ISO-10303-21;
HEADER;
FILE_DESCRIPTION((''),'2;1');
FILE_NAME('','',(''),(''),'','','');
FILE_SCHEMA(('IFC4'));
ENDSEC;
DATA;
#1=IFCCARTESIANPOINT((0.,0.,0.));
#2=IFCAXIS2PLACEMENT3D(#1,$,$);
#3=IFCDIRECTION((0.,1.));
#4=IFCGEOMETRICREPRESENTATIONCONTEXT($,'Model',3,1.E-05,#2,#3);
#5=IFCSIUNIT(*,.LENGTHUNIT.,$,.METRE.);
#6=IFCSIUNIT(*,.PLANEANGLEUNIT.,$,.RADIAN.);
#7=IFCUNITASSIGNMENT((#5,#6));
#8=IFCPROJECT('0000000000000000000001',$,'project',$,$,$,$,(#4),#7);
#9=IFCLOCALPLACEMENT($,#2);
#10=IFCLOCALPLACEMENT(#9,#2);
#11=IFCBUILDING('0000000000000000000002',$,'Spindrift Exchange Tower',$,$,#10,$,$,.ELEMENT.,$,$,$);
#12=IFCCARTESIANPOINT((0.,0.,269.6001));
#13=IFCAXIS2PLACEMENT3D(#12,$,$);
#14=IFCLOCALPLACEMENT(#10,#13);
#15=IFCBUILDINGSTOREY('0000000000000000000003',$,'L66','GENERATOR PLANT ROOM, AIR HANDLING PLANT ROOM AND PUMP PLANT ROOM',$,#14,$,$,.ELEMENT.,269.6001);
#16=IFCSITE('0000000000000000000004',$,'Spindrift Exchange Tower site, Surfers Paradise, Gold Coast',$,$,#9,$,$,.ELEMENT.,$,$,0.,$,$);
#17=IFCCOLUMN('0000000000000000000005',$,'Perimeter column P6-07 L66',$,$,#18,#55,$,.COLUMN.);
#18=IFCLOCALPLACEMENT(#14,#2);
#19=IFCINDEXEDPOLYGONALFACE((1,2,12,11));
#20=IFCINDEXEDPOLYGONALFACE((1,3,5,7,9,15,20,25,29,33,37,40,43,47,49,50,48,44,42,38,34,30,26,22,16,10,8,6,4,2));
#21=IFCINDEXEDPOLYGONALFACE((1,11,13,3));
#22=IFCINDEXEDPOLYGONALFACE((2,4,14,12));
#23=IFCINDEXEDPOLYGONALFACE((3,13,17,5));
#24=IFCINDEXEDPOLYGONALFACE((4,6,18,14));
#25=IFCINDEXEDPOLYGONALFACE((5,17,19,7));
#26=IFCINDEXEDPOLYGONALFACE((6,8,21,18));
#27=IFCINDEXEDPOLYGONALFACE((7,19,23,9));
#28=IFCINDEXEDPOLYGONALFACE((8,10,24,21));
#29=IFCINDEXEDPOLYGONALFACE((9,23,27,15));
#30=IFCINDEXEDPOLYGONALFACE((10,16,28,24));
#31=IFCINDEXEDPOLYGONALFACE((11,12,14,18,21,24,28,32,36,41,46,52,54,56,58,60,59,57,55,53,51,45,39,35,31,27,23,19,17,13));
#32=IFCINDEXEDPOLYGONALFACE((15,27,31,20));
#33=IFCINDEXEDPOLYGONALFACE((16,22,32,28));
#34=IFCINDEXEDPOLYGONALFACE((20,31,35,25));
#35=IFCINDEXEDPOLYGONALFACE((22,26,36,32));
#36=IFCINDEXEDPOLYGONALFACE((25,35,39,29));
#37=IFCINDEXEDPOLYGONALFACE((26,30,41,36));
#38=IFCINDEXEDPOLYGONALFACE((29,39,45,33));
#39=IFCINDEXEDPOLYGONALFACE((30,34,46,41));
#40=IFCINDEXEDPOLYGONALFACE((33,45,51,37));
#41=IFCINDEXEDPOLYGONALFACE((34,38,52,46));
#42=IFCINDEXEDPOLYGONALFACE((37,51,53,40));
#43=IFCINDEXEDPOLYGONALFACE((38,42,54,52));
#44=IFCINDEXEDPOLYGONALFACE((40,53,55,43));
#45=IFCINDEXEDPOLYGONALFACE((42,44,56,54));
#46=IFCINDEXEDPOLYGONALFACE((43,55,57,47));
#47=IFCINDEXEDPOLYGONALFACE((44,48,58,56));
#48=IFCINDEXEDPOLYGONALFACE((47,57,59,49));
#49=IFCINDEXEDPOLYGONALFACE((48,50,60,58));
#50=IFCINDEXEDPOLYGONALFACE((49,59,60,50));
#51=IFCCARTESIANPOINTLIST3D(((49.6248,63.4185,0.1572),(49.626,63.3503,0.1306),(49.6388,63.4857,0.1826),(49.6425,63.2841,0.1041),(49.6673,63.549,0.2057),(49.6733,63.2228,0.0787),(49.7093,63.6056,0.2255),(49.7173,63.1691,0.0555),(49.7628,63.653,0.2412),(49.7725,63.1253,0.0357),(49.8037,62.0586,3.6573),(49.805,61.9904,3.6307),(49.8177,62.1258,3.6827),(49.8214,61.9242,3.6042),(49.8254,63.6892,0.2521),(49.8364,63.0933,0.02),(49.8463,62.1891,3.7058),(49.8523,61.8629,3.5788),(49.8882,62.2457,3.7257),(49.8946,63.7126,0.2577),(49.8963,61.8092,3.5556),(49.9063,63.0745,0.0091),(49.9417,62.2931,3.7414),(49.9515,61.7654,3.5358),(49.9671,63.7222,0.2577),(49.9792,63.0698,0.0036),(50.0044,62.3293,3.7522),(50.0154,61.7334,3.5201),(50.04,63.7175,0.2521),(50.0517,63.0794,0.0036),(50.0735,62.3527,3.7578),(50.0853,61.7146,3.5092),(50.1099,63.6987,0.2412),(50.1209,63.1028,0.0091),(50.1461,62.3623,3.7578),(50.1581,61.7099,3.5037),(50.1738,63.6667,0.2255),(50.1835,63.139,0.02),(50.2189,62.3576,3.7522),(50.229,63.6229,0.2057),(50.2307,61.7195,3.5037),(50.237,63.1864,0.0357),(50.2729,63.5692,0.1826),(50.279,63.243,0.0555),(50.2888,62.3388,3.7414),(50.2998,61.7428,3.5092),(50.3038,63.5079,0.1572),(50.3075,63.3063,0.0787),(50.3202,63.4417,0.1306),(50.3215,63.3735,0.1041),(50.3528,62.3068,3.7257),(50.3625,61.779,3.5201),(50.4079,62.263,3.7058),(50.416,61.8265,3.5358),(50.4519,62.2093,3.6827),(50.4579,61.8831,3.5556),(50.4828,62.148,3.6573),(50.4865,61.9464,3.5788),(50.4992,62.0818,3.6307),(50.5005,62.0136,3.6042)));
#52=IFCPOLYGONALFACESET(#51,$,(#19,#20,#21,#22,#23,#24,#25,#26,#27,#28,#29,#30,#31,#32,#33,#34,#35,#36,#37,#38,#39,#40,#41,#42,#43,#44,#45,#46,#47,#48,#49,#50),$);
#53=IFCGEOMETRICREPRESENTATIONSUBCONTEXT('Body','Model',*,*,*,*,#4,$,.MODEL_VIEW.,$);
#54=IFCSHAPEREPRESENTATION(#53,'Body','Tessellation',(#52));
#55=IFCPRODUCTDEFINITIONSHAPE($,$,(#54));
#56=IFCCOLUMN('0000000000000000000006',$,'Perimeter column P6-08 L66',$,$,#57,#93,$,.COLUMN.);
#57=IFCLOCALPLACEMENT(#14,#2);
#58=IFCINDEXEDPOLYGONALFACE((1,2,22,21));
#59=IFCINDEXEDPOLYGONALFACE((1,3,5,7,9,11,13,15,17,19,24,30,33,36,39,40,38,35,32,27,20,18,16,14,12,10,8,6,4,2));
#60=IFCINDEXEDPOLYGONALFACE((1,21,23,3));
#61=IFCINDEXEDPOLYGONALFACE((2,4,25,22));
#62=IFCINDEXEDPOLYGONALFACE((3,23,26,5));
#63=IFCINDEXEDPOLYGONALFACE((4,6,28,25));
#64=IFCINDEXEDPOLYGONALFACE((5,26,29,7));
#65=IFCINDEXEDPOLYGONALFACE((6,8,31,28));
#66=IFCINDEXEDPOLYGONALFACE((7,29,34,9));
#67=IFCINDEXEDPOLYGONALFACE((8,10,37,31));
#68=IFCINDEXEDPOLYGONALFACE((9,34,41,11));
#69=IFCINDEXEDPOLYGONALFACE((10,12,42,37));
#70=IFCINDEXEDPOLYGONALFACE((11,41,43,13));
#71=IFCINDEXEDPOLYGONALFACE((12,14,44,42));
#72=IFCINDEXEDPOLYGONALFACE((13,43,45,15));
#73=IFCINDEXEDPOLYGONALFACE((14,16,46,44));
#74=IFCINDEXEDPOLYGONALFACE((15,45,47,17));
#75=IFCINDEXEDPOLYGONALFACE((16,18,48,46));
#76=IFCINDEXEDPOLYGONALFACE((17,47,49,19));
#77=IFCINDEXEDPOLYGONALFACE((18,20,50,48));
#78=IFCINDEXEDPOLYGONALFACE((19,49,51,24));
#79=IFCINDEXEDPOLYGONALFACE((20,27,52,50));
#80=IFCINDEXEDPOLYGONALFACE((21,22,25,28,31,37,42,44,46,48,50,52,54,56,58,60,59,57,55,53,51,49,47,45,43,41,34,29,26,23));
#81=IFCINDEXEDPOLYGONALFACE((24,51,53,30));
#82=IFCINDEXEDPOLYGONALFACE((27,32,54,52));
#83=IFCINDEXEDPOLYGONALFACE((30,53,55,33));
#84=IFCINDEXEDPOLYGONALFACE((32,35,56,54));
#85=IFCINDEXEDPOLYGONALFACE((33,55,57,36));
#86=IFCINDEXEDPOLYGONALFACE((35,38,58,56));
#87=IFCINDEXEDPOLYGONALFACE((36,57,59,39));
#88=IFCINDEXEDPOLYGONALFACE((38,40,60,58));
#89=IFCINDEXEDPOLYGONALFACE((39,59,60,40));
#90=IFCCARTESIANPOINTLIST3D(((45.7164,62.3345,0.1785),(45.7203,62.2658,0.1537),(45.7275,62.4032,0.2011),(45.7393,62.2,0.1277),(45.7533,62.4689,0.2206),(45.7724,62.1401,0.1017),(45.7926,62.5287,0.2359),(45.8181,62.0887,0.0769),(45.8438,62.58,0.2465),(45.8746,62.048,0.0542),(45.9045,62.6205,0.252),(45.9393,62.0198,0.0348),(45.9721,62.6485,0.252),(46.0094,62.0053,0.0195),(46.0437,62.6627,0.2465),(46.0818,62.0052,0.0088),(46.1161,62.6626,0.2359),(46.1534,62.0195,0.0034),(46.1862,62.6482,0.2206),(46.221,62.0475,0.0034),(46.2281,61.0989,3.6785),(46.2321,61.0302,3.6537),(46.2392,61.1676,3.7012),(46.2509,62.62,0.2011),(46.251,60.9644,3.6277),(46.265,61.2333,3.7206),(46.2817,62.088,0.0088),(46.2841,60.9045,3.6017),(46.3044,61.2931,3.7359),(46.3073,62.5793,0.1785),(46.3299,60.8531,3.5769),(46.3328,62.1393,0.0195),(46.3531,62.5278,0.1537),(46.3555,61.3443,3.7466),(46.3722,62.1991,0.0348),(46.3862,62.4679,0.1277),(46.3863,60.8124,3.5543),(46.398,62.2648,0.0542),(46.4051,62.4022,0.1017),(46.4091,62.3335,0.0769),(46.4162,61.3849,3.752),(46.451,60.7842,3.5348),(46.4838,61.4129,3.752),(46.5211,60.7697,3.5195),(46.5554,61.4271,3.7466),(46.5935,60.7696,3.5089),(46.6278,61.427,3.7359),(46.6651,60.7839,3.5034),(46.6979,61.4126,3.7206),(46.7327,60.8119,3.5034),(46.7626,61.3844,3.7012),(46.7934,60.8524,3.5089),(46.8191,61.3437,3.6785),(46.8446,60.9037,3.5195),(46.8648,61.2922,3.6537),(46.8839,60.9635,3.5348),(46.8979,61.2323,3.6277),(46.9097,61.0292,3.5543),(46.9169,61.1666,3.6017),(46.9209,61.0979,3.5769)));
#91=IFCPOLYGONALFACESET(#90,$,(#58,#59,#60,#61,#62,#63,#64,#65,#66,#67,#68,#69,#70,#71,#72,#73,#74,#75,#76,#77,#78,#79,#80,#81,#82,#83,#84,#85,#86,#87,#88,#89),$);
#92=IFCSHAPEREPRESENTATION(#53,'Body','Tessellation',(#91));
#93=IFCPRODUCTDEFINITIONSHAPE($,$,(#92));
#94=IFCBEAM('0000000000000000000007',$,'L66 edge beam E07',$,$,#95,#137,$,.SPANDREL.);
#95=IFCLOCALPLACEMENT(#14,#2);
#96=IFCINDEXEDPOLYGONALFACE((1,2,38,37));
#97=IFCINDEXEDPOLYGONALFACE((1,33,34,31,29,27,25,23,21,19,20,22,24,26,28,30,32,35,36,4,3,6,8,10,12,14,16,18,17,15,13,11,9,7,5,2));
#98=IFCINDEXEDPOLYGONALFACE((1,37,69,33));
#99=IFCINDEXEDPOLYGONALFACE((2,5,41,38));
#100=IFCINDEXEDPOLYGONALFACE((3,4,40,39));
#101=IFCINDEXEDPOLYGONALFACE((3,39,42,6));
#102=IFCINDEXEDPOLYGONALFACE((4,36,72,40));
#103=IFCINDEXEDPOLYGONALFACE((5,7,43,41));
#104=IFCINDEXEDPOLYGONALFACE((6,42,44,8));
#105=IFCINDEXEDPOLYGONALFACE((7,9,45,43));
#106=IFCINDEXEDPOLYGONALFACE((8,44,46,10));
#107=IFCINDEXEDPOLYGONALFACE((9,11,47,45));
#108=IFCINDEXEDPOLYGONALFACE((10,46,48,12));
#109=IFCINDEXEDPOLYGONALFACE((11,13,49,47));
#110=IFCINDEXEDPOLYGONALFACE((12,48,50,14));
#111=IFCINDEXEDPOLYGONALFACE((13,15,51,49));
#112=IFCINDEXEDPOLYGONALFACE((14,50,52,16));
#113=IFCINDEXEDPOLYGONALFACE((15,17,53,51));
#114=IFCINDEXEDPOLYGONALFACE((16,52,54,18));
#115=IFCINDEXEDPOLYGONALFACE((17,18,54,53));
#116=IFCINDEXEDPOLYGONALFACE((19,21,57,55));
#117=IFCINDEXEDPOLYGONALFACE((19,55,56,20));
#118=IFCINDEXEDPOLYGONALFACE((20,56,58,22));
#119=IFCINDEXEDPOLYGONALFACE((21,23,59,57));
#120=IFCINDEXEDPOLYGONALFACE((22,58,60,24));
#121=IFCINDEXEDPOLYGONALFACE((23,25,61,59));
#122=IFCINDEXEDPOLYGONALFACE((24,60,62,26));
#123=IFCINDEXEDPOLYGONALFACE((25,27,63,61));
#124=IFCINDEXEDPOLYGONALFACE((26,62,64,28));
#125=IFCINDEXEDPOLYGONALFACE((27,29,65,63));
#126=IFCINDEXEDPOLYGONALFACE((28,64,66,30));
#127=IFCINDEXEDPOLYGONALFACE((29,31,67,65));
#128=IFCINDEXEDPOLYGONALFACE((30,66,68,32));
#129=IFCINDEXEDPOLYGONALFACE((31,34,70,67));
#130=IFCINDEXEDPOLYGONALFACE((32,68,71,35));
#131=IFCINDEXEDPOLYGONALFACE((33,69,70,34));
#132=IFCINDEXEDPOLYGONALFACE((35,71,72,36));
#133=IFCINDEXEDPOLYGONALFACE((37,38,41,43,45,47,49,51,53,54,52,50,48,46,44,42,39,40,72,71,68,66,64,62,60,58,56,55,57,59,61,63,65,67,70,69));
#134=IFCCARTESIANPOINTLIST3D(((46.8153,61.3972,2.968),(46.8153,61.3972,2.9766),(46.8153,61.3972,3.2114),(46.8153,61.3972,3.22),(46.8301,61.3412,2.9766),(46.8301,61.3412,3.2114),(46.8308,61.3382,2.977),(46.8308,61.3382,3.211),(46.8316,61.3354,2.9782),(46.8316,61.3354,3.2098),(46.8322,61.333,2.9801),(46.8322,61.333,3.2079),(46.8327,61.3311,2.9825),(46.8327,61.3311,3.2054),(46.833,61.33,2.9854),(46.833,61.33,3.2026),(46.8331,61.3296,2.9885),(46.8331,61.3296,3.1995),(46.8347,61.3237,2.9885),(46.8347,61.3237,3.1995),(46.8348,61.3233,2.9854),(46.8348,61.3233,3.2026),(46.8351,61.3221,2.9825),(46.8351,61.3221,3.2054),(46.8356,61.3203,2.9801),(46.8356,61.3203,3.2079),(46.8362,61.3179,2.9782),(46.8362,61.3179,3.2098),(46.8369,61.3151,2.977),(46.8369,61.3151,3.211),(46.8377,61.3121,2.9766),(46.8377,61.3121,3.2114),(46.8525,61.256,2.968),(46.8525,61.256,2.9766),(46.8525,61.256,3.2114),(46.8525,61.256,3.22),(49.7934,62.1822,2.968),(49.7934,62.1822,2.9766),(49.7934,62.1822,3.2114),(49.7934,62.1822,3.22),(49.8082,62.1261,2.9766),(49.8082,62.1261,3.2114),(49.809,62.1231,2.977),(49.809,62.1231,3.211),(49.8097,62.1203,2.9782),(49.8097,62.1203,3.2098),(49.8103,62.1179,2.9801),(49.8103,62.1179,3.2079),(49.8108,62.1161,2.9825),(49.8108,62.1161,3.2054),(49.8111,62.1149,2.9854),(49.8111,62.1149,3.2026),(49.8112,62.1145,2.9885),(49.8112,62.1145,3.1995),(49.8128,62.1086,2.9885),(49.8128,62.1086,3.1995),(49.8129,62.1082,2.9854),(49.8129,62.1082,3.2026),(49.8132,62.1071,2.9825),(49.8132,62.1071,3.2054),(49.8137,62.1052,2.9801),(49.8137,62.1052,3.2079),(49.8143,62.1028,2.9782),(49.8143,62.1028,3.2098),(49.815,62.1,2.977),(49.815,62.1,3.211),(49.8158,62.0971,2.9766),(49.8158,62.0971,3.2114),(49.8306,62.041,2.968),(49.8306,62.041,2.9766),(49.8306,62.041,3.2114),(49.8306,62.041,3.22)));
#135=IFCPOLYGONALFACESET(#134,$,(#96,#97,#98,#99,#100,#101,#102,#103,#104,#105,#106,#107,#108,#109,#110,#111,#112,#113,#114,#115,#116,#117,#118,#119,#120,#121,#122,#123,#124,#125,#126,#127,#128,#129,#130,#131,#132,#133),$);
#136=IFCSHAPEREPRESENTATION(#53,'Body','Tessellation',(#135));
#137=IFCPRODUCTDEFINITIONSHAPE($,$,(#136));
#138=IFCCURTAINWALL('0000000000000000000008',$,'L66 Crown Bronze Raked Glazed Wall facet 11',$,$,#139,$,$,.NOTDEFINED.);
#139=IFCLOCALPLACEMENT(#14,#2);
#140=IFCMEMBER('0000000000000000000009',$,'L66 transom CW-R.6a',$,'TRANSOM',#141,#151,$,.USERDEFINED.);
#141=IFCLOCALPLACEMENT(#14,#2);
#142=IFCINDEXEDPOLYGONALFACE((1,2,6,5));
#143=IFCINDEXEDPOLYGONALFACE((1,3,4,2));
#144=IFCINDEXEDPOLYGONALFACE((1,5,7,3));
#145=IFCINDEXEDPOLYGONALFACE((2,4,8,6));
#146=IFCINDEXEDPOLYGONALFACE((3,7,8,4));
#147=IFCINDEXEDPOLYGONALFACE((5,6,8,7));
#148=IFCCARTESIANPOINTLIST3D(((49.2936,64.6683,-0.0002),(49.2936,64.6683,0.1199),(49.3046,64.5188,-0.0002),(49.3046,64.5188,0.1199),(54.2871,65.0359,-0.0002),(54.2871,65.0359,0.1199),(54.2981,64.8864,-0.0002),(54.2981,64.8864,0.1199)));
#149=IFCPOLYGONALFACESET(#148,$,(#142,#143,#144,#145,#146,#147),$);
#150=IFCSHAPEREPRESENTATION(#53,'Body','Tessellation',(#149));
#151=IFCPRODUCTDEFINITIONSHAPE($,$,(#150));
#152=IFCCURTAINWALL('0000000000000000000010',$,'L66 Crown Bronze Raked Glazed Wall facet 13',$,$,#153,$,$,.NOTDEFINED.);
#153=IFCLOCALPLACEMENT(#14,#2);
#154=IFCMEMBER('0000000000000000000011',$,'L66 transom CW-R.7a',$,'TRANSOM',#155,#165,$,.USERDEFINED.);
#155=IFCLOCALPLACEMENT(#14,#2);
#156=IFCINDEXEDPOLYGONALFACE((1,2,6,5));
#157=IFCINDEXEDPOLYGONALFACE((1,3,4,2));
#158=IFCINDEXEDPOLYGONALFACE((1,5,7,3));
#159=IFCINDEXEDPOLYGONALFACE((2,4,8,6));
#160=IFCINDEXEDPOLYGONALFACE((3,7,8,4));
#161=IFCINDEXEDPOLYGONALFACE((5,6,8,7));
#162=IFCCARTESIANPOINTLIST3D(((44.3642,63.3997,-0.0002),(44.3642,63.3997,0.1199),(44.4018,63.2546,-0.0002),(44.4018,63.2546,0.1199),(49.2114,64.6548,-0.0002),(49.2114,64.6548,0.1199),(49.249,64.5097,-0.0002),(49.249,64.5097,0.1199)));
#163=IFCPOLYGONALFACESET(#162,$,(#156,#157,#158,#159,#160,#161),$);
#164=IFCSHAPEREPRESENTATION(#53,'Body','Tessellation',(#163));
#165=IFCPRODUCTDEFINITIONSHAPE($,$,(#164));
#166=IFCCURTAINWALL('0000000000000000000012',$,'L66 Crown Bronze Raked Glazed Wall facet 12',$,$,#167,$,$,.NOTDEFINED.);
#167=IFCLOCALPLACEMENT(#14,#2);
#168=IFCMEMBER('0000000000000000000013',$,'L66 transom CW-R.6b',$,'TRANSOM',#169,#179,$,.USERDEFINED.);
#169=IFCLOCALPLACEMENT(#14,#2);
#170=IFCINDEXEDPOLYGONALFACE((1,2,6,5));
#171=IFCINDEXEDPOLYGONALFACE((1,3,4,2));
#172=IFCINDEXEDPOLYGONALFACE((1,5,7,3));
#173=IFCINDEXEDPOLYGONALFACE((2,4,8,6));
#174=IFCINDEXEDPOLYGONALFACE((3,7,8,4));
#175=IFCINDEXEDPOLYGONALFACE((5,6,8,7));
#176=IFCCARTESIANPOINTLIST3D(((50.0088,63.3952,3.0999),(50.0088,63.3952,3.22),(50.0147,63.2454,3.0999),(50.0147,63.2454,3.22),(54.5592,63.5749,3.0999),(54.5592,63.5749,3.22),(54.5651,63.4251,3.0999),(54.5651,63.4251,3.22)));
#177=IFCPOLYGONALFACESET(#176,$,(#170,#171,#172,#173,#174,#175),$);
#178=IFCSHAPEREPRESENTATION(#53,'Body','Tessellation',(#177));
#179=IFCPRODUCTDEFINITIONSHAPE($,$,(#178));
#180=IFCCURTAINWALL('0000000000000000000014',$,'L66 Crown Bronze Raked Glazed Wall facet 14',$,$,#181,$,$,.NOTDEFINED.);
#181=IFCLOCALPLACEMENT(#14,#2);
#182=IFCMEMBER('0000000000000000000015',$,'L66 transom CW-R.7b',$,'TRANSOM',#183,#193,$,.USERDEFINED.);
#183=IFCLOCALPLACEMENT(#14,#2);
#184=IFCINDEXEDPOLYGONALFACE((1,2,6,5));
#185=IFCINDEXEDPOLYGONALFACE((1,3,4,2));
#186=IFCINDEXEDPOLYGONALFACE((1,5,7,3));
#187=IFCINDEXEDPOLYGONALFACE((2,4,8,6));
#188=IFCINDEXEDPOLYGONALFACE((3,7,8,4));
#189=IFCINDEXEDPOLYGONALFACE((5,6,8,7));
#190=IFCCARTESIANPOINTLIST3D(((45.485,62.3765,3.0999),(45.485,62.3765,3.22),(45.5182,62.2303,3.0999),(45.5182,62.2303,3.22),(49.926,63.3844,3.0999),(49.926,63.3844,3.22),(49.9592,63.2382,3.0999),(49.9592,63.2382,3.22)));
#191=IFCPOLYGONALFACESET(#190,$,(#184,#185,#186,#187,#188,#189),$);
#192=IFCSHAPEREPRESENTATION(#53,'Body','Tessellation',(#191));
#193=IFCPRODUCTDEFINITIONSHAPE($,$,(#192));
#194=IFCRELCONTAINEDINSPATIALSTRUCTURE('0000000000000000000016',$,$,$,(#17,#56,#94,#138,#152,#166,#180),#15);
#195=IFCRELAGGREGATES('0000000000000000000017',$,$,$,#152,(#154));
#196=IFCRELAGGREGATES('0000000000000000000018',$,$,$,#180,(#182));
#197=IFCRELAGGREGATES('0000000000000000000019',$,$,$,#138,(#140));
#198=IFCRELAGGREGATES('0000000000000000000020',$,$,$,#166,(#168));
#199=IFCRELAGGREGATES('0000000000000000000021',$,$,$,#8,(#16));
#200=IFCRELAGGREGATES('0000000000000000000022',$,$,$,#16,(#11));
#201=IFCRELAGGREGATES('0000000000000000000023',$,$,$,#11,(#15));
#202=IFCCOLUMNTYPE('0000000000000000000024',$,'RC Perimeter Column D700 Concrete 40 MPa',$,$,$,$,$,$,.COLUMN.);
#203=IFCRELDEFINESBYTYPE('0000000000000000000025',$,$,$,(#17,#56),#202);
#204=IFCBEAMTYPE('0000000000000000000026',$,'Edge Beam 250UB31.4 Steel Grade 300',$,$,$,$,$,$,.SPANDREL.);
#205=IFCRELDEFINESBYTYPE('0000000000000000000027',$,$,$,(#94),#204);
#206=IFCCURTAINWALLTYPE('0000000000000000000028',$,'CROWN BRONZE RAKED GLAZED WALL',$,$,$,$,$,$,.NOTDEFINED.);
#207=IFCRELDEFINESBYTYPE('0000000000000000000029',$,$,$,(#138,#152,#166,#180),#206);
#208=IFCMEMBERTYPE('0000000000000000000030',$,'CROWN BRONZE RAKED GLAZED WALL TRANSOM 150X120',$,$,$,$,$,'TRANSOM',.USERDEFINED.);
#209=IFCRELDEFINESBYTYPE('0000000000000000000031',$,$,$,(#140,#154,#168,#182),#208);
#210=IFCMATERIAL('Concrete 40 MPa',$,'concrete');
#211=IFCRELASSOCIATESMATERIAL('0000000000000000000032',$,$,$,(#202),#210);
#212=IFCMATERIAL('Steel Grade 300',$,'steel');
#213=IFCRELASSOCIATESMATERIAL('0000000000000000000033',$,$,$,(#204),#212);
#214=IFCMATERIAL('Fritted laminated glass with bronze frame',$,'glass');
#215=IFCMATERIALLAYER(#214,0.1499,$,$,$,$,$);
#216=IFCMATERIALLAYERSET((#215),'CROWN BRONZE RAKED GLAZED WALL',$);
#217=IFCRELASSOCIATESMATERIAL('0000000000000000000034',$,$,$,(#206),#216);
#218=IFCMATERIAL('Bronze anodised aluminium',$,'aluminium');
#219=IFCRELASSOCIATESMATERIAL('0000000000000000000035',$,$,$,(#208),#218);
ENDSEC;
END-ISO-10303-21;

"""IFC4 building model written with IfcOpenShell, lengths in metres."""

from ifc_helpers import new_model, si_unit, direction, frame, origin, origin_2d, place, context, subcontext, project, spatial, rectangle, circle, i_section, extrude, source, transform, mapped, material, layer, layer_set, material_profile, profile_set, type_object, element, aggregate, save


model = new_model("IFC4")

# Units and contexts
model_context = context("Model", 3, precision=1e-05, world=origin(), true_north=direction((0.0, 1.0)))
body_context = subcontext(model_context, "Body", "Model", "MODEL_VIEW")
ifc_project = project(units=[si_unit("LENGTHUNIT", "METRE"), si_unit("PLANEANGLEUNIT", "RADIAN")], contexts=[model_context])

# Site, building, storey
site_placement = place(None, origin())
site = spatial("IfcSite", under=ifc_project, at=site_placement, Name="Spindrift Exchange Tower site, Surfers Paradise, Gold Coast", CompositionType="ELEMENT", RefElevation=0.0)
building_placement = place(site_placement, origin())
building = spatial("IfcBuilding", under=site, at=building_placement, Name="Spindrift Exchange Tower", CompositionType="ELEMENT")
storey_placement = place(building_placement, frame((0.0, 0.0, 269.6001)))
storey = spatial("IfcBuildingStorey", under=building, at=storey_placement, Name="L66", Description="GENERATOR PLANT ROOM, AIR HANDLING PLANT ROOM AND PUMP PLANT ROOM", CompositionType="ELEMENT", Elevation=269.6001)

# Columns
ifc_material_1 = material(Name="Concrete 40 MPa", Category="concrete")
ifc_material_profile_1 = material_profile(ifc_material_1, circle(Radius=0.3501, at=origin_2d()), Name="RC D700")
ifc_profile_set_1 = profile_set([ifc_material_profile_1], Name="Concrete 40 MPa")
column_type = type_object("IfcColumnType", Name="RC Perimeter Column D700 Concrete 40 MPa", PredefinedType="COLUMN", material=ifc_profile_set_1)
shared_shape_1 = source(origin(), body_context, "Body", "SweptSolid", [
    extrude(circle(Radius=0.3501, at=origin_2d()), origin(), (0.0, 0.0, 1.0), 3.7593),
])
column_1_placement = place(storey_placement, frame((49.9731, 63.396, 0.1306), z_axis=(0.047605, -0.361747, 0.93106), x_axis=(0.991452, 0.130473, 0.0)))
element("IfcColumn", 1, at=column_1_placement, inside=storey, type_object=column_type, Name="Perimeter column P6-07 L66", PredefinedType="COLUMN", context=body_context, shape_type="MappedRepresentation", body=[
    mapped(shared_shape_1, transform((0.0, 0.0, 0.0), scale=1.0)),
])
shared_shape_2 = source(origin(), body_context, "Body", "SweptSolid", [
    extrude(circle(Radius=0.3501, at=origin_2d()), origin(), (0.0, 0.0, 1.0), 3.7468),
])
column_2_placement = place(storey_placement, frame((46.0627, 62.334, 0.1277), z_axis=(0.136575, -0.329773, 0.934129), x_axis=(0.923901, 0.382631, 0.0)))
element("IfcColumn", 2, at=column_2_placement, inside=storey, type_object=column_type, Name="Perimeter column P6-08 L66", PredefinedType="COLUMN", context=body_context, shape_type="MappedRepresentation", body=[
    mapped(shared_shape_2, transform((0.0, 0.0, 0.0), scale=1.0)),
])

# Beam
ifc_material_2 = material(Name="Steel Grade 300", Category="steel")
ifc_material_profile_2 = material_profile(ifc_material_2, i_section(OverallWidth=0.146, OverallDepth=0.252, WebThickness=0.0061, FlangeThickness=0.0085, FilletRadius=0.012, at=origin_2d()), Name="250UB31.4")
ifc_profile_set_2 = profile_set([ifc_material_profile_2], Name="Steel Grade 300")
beam_type = type_object("IfcBeamType", Name="Edge Beam 250UB31.4 Steel Grade 300", PredefinedType="SPANDREL", material=ifc_profile_set_2)
shared_shape_3 = source(origin(), body_context, "Body", "SweptSolid", [
    extrude(i_section(OverallWidth=0.146, OverallDepth=0.252, WebThickness=0.0061, FlangeThickness=0.0085, FilletRadius=0.012, at=origin_2d()), origin(), (0.0, 0.0, 1.0), 3.0798),
])
beam_placement = place(storey_placement, frame((49.812, 62.1116, 3.094), z_axis=(-0.966977, -0.254864, 0.0), x_axis=(0.254864, -0.966977, 0.0)))
element("IfcBeam", 3, at=beam_placement, inside=storey, type_object=beam_type, Name="L66 edge beam E07", PredefinedType="SPANDREL", context=body_context, shape_type="MappedRepresentation", body=[
    mapped(shared_shape_3, transform((0.0, 0.0, 0.0), scale=1.0)),
])

# Curtain walls, members
ifc_material_3 = material(Name="Fritted laminated glass with bronze frame", Category="glass")
ifc_layer_1 = layer(ifc_material_3, 0.1499)
ifc_layer_set_1 = layer_set([ifc_layer_1], Name="CROWN BRONZE RAKED GLAZED WALL")
curtain_wall_type = type_object("IfcCurtainWallType", Name="CROWN BRONZE RAKED GLAZED WALL", PredefinedType="NOTDEFINED", material=ifc_layer_set_1)
curtain_wall_1_placement = place(storey_placement, origin())
curtain_wall_1 = element("IfcCurtainWall", 4, at=curtain_wall_1_placement, inside=storey, type_object=curtain_wall_type, Name="L66 Crown Bronze Raked Glazed Wall facet 11", PredefinedType="NOTDEFINED")
ifc_material_4 = material(Name="Bronze anodised aluminium", Category="aluminium")
ifc_material_profile_3 = material_profile(ifc_material_4, rectangle(XDim=0.1499, YDim=0.1201, at=origin_2d()), Name="CROWN BRONZE RAKED GLAZED WALL TRANSOM 150X120")
ifc_profile_set_3 = profile_set([ifc_material_profile_3], Name="Bronze anodised aluminium")
member_type_1 = type_object("IfcMemberType", Name="CROWN BRONZE RAKED GLAZED WALL TRANSOM 150X120", ElementType="TRANSOM", PredefinedType="USERDEFINED", material=ifc_profile_set_3)
shared_shape_4 = source(origin(), body_context, "Body", "SweptSolid", [
    extrude(rectangle(XDim=0.1499, YDim=0.1201, at=origin_2d()), origin(), (0.0, 0.0, 1.0), 5.0071),
])
member_1_placement = place(storey_placement, frame((49.2991, 64.5935, 0.0598), z_axis=(0.9973, 0.07343, 0.0), x_axis=(-0.07343, 0.9973, 0.0)))
member_1 = element("IfcMember", 5, at=member_1_placement, type_object=member_type_1, Name="L66 transom CW-R.6a", ObjectType="TRANSOM", PredefinedType="USERDEFINED", context=body_context, shape_type="MappedRepresentation", body=[
    mapped(shared_shape_4, transform((0.0, 0.0, 0.0), scale=1.0)),
])
curtain_wall_2_placement = place(storey_placement, origin())
curtain_wall_2 = element("IfcCurtainWall", 6, at=curtain_wall_2_placement, inside=storey, type_object=curtain_wall_type, Name="L66 Crown Bronze Raked Glazed Wall facet 13", PredefinedType="NOTDEFINED")
member_2_placement = place(storey_placement, frame((49.2302, 64.5823, 0.0598), z_axis=(-0.968072, -0.250673, 0.0), x_axis=(0.250673, -0.968072, 0.0)))
member_2 = element("IfcMember", 7, at=member_2_placement, type_object=member_type_1, Name="L66 transom CW-R.7a", ObjectType="TRANSOM", PredefinedType="USERDEFINED", context=body_context, shape_type="MappedRepresentation", body=[
    mapped(shared_shape_4, transform((0.0, 0.0, 0.0), scale=1.0)),
])
curtain_wall_3_placement = place(storey_placement, origin())
curtain_wall_3 = element("IfcCurtainWall", 8, at=curtain_wall_3_placement, inside=storey, type_object=curtain_wall_type, Name="L66 Crown Bronze Raked Glazed Wall facet 12", PredefinedType="NOTDEFINED")
shared_shape_5 = source(origin(), body_context, "Body", "SweptSolid", [
    extrude(rectangle(XDim=0.1499, YDim=0.1201, at=origin_2d()), origin(), (0.0, 0.0, 1.0), 4.554),
])
member_3_placement = place(storey_placement, frame((50.0117, 63.3203, 3.1599), z_axis=(0.999221, 0.039458, 0.0), x_axis=(-0.039458, 0.999221, 0.0)))
member_3 = element("IfcMember", 9, at=member_3_placement, type_object=member_type_1, Name="L66 transom CW-R.6b", ObjectType="TRANSOM", PredefinedType="USERDEFINED", context=body_context, shape_type="MappedRepresentation", body=[
    mapped(shared_shape_5, transform((0.0, 0.0, 0.0), scale=1.0)),
])
curtain_wall_4_placement = place(storey_placement, origin())
curtain_wall_4 = element("IfcCurtainWall", 10, at=curtain_wall_4_placement, inside=storey, type_object=curtain_wall_type, Name="L66 Crown Bronze Raked Glazed Wall facet 14", PredefinedType="NOTDEFINED")
member_4_placement = place(storey_placement, frame((49.9426, 63.3113, 3.1599), z_axis=(-0.975203, -0.221311, 0.0), x_axis=(0.221311, -0.975203, 0.0)))
member_4 = element("IfcMember", 11, at=member_4_placement, type_object=member_type_1, Name="L66 transom CW-R.7b", ObjectType="TRANSOM", PredefinedType="USERDEFINED", context=body_context, shape_type="MappedRepresentation", body=[
    mapped(shared_shape_5, transform((0.0, 0.0, 0.0), scale=1.0)),
])

aggregate(curtain_wall_2, [member_2])
aggregate(curtain_wall_4, [member_4])
aggregate(curtain_wall_1, [member_1])
aggregate(curtain_wall_3, [member_3])

save(model, "model.ifc")
